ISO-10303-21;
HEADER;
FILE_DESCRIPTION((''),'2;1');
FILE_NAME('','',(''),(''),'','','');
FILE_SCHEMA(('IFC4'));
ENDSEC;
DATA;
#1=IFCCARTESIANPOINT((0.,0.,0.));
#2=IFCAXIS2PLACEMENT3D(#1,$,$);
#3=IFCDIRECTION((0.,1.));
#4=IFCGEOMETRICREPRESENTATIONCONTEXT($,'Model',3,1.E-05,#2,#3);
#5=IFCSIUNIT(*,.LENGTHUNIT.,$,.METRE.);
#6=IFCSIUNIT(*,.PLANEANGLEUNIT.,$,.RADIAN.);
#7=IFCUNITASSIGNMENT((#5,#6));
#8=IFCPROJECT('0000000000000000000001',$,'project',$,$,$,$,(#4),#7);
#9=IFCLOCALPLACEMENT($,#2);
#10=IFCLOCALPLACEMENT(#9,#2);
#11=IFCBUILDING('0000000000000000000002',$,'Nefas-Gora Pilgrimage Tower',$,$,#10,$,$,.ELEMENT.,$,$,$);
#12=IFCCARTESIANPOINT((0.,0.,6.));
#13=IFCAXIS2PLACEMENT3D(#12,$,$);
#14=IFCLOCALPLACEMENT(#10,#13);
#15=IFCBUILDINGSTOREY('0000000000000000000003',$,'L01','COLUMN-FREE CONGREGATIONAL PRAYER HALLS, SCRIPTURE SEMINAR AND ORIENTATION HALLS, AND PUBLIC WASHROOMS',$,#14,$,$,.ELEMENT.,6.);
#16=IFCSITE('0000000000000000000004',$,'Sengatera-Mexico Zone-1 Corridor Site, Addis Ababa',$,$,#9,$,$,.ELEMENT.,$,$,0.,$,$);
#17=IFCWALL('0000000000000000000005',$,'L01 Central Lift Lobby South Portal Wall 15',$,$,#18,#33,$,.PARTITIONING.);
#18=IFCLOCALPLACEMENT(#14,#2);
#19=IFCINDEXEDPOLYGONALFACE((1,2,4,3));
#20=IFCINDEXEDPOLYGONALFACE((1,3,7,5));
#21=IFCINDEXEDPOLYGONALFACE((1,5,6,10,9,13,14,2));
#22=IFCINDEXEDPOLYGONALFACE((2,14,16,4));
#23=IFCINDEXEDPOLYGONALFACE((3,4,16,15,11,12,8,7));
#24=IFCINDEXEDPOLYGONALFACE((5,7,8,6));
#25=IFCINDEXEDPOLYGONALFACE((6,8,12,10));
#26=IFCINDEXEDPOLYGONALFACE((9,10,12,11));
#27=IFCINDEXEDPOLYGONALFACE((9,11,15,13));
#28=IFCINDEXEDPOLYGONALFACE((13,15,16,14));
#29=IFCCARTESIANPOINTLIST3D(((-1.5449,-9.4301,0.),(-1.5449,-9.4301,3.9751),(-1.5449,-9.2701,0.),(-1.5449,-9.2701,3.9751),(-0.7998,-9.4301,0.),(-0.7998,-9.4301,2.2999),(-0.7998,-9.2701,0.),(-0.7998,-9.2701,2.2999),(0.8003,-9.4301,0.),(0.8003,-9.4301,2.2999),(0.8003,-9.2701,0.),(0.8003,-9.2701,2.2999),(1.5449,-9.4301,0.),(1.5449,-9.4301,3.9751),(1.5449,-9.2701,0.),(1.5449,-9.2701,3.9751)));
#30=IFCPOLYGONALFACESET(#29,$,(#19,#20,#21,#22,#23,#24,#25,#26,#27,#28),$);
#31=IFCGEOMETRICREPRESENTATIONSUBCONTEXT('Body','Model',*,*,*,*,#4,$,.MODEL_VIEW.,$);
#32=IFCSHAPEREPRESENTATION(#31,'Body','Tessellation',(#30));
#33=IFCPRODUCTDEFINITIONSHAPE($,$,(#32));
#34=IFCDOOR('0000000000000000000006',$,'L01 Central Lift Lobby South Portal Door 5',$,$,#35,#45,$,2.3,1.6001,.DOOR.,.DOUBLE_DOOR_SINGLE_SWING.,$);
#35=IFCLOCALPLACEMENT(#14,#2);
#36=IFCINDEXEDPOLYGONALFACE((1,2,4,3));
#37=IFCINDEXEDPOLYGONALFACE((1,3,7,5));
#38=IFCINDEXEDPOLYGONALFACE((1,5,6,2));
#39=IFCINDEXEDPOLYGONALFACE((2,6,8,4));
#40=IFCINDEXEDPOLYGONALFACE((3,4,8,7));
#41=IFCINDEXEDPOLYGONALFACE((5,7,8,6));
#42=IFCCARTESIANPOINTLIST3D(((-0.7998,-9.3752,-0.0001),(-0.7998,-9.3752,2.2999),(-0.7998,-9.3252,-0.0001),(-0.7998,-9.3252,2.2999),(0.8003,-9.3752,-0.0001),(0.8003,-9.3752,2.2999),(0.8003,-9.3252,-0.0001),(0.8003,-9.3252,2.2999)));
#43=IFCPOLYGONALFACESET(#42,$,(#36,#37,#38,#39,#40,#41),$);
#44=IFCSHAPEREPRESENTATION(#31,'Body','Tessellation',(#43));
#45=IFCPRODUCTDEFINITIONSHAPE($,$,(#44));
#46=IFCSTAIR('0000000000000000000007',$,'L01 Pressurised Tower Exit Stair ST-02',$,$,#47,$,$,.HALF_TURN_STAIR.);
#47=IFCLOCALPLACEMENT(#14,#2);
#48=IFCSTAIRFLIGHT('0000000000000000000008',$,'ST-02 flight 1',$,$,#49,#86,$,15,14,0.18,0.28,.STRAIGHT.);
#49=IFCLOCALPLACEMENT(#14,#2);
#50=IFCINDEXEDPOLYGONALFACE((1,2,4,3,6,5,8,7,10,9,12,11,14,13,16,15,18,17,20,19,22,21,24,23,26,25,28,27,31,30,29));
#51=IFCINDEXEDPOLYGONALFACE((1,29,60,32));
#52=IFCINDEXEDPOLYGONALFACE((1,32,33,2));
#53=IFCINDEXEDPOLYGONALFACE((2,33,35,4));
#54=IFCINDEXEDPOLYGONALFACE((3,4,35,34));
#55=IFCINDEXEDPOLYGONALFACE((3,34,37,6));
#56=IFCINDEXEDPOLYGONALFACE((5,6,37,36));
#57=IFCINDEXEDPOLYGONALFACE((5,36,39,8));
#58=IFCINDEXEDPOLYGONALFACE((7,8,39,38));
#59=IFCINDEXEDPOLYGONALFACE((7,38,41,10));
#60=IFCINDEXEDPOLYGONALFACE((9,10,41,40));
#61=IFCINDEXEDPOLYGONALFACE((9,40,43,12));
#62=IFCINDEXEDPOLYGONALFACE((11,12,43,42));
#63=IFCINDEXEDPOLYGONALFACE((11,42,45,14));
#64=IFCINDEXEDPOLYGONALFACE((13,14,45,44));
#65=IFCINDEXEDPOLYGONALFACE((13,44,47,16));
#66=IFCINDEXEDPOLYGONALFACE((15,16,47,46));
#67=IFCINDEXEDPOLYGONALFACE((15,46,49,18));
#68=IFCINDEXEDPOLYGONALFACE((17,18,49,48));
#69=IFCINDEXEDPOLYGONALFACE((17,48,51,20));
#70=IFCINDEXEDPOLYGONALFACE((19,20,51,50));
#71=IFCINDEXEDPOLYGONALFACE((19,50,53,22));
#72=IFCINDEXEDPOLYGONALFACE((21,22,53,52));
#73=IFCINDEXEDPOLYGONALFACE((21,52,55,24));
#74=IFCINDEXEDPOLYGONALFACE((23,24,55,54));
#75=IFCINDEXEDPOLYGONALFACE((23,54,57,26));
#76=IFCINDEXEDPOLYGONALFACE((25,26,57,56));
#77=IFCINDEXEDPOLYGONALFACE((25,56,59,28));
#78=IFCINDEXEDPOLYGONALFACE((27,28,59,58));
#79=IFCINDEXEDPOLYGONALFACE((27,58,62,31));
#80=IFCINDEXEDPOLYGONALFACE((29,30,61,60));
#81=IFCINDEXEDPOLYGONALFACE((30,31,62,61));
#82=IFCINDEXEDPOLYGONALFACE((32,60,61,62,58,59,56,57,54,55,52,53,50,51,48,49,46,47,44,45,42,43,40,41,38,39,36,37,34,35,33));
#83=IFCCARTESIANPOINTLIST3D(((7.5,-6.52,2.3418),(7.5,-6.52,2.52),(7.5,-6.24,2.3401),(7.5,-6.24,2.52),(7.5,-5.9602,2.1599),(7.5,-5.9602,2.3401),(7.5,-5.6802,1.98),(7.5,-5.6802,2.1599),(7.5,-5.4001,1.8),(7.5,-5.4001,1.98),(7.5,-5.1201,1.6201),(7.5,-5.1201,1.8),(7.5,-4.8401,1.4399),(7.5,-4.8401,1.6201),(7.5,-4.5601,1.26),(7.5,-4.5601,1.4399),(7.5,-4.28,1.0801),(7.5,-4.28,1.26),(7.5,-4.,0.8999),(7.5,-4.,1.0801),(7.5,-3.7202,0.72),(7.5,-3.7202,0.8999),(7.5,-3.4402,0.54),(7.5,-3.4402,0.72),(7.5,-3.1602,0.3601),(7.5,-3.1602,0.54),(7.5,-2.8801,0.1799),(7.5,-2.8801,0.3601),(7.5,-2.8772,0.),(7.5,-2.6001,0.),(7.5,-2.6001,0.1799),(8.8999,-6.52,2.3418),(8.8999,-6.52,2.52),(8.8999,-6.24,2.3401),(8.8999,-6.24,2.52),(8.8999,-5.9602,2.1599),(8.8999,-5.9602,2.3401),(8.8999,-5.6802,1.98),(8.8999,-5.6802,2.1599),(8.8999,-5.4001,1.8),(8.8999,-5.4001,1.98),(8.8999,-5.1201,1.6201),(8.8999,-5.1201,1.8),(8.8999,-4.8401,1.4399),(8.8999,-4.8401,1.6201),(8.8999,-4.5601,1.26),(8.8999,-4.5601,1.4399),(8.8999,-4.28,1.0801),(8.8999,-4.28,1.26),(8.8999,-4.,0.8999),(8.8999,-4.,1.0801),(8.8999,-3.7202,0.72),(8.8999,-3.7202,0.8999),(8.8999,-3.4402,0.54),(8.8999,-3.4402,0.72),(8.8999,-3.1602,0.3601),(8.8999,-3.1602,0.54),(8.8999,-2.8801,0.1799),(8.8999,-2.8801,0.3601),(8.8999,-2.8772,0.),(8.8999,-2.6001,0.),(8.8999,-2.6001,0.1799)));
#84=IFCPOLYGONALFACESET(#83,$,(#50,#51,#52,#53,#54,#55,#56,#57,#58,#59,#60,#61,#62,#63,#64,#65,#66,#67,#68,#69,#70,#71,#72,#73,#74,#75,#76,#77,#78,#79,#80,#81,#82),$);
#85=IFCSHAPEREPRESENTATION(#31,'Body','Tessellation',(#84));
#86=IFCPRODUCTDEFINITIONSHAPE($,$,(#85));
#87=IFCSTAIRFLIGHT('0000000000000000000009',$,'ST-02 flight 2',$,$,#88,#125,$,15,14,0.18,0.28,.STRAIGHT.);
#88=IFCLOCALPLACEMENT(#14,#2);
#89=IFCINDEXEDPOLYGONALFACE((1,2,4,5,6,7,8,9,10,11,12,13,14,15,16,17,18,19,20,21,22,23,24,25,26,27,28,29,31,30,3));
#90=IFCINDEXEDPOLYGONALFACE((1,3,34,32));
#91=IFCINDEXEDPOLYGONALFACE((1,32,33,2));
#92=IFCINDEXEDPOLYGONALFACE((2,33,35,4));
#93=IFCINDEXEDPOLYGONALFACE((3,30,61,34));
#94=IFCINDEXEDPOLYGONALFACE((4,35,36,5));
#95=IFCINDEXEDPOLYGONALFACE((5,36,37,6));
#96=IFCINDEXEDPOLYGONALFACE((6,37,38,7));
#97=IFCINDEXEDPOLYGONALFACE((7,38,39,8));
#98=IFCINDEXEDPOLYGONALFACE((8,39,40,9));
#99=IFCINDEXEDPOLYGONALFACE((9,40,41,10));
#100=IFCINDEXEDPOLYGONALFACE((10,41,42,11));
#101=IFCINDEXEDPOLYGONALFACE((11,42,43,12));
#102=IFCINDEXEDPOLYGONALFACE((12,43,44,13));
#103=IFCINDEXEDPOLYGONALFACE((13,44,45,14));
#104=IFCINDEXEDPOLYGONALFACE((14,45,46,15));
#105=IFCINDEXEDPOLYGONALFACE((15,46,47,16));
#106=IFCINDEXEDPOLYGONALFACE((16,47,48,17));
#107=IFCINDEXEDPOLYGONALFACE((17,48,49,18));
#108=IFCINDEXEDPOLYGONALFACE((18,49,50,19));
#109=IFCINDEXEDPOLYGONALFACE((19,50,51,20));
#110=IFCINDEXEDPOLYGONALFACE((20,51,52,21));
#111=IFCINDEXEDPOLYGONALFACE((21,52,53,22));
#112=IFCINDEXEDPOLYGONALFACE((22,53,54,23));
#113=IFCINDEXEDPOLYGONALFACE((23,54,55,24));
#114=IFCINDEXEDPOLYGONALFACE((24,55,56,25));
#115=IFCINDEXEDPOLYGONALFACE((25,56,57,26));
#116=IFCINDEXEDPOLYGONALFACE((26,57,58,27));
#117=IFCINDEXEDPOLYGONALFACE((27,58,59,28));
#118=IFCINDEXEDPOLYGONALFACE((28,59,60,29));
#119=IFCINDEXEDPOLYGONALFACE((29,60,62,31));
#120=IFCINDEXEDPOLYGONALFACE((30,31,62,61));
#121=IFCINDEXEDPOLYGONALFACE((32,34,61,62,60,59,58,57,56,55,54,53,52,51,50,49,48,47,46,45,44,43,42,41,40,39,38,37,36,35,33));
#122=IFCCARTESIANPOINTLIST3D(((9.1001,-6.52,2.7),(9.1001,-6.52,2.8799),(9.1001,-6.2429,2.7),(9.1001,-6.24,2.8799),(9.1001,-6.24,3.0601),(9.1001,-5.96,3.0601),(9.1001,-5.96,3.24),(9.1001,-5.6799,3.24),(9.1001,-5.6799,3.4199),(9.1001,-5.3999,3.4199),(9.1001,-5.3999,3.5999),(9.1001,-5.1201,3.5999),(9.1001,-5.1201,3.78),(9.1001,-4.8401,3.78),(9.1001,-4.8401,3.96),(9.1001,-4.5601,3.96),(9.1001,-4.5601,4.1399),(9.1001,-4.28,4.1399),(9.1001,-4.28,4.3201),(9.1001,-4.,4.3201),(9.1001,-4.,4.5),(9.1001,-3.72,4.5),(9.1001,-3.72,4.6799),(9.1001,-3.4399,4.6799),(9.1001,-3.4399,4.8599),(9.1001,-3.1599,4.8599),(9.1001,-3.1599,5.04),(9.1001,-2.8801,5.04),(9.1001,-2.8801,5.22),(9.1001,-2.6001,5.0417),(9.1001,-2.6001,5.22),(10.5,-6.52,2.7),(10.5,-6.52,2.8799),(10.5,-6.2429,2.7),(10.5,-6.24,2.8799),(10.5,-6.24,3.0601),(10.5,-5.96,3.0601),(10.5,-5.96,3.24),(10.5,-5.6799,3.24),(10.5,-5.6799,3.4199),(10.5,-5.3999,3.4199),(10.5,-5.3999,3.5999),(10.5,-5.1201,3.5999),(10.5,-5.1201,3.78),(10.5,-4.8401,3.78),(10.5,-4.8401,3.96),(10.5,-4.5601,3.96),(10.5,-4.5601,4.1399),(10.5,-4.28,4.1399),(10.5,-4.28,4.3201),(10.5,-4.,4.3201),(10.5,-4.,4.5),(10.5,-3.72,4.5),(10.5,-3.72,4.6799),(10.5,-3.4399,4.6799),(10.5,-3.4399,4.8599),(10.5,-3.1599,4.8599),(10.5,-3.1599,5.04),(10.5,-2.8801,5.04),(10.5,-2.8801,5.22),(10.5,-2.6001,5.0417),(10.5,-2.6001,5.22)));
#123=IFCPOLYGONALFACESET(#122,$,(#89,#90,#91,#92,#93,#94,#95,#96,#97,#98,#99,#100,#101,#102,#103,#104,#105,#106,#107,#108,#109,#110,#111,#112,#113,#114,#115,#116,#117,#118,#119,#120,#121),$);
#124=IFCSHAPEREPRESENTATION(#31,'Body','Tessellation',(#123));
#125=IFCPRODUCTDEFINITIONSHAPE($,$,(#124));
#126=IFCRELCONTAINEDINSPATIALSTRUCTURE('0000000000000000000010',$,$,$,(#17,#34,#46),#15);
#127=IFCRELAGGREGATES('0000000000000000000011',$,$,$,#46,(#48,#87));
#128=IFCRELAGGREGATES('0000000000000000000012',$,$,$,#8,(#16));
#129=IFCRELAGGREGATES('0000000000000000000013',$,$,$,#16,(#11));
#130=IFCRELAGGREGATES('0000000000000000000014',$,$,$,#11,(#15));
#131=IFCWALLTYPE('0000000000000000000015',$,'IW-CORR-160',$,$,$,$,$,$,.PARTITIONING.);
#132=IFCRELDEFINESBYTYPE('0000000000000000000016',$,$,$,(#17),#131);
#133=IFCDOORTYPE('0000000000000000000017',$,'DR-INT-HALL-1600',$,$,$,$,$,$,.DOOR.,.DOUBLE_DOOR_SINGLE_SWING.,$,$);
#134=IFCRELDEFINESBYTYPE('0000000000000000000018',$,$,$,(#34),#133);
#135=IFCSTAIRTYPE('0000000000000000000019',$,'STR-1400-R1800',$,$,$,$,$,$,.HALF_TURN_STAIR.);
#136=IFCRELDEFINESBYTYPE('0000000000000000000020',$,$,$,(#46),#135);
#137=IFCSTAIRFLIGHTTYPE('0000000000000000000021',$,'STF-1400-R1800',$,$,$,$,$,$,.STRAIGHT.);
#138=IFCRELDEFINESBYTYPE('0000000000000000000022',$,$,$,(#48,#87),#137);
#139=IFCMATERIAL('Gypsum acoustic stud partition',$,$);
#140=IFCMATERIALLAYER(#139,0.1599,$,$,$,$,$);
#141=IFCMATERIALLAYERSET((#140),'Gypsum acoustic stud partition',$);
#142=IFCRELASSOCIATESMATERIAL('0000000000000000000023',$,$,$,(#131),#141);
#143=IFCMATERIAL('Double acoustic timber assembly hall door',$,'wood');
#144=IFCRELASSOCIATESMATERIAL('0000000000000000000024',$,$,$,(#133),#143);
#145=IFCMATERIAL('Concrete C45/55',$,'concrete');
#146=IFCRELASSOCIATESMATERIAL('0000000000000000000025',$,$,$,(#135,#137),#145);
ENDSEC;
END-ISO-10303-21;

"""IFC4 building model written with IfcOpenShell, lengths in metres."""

from ifc_helpers import new_model, si_unit, direction, frame, frame_2d, origin, place, context, subcontext, project, spatial, polyline, rectangle, outline, extrude, source, transform, mapped, material, layer, layer_set, type_object, element, fill, aggregate, save


model = new_model("IFC4")

# Units and contexts
model_context = context("Model", 3, precision=1e-05, world=origin(), true_north=direction((0.0, 1.0)))
body_context = subcontext(model_context, "Body", "Model", "MODEL_VIEW")
ifc_project = project(units=[si_unit("LENGTHUNIT", "METRE"), si_unit("PLANEANGLEUNIT", "RADIAN")], contexts=[model_context])

# Site, building, storey
site_placement = place(None, origin())
site = spatial("IfcSite", under=ifc_project, at=site_placement, Name="Sengatera-Mexico Zone-1 Corridor Site, Addis Ababa", CompositionType="ELEMENT", RefElevation=0.0)
building_placement = place(site_placement, origin())
building = spatial("IfcBuilding", under=site, at=building_placement, Name="Nefas-Gora Pilgrimage Tower", CompositionType="ELEMENT")
storey_placement = place(building_placement, frame((0.0, 0.0, 6.0)))
storey = spatial("IfcBuildingStorey", under=building, at=storey_placement, Name="L01", Description="COLUMN-FREE CONGREGATIONAL PRAYER HALLS, SCRIPTURE SEMINAR AND ORIENTATION HALLS, AND PUBLIC WASHROOMS", CompositionType="ELEMENT", Elevation=6.0)

# Shared definitions
ifc_material_1 = material(Name="Concrete C45/55", Category="concrete")

# Shared definitions
ifc_material_2 = material(Name="Gypsum acoustic stud partition")
ifc_layer_1 = layer(ifc_material_2, 0.1599)
ifc_layer_set_1 = layer_set([ifc_layer_1], Name="Gypsum acoustic stud partition")
wall_type_1 = type_object("IfcWallType", Name="IW-CORR-160", PredefinedType="PARTITIONING", material=ifc_layer_set_1)

# Wall, opening, door
shared_shape_1 = source(origin(), body_context, "Body", "SweptSolid", [
    extrude(rectangle(XDim=3.0898, YDim=0.1599, at=frame_2d((1.5449, 0.0))), origin(), (0.0, 0.0, 1.0), 3.9751),
])
wall_1_placement = place(storey_placement, frame((-1.5449, -9.3501, 0.0), z_axis=(0.0, 0.0, 1.0), x_axis=(1.0, 0.0, 0.0)))
wall_1 = element("IfcWall", 1, at=wall_1_placement, inside=storey, type_object=wall_type_1, Name="L01 Central Lift Lobby South Portal Wall 15", PredefinedType="PARTITIONING", context=body_context, shape_type="MappedRepresentation", body=[
    mapped(shared_shape_1, transform((0.0, 0.0, 0.0), x_axis=(1.0, 0.0, 0.0), y_axis=(0.0, 1.0, 0.0), z_axis=(0.0, 0.0, 1.0), scale=1.0)),
])
opening_1_placement = place(wall_1_placement, frame((0.7451, 0.0, 0.0)))
opening_1 = element("IfcOpeningElement", 2, at=opening_1_placement, cuts=wall_1, PredefinedType="OPENING", context=body_context, shape_type="SweptSolid", body=[
    extrude(rectangle(XDim=1.6001, YDim=2.3, at=frame_2d((0.8, 1.1499))), frame((0.0, 0.0898, 0.0), z_axis=(0.0, -1.0, 0.0), x_axis=(1.0, 0.0, 0.0)), (0.0, 0.0, 1.0), 0.1799),
])
ifc_material_3 = material(Name="Double acoustic timber assembly hall door", Category="wood")
door_type_1 = type_object("IfcDoorType", Name="DR-INT-HALL-1600", OperationType="DOUBLE_DOOR_SINGLE_SWING", PredefinedType="DOOR", material=ifc_material_3)
shared_shape_2 = source(origin(), body_context, "Body", "SweptSolid", [
    extrude(rectangle(XDim=1.6001, YDim=2.3, at=frame_2d((0.8, 1.1499))), frame((0.0, 0.0249, 0.0), z_axis=(0.0, -1.0, 0.0), x_axis=(1.0, 0.0, 0.0)), (0.0, 0.0, 1.0), 0.05),
])
door_1_placement = place(opening_1_placement, origin())
door_1 = element("IfcDoor", 3, at=door_1_placement, inside=storey, type_object=door_type_1, Name="L01 Central Lift Lobby South Portal Door 5", OperationType="DOUBLE_DOOR_SINGLE_SWING", OverallHeight=2.3, OverallWidth=1.6001, PredefinedType="DOOR", context=body_context, shape_type="MappedRepresentation", body=[
    mapped(shared_shape_2, transform((0.0, 0.0, 0.0), x_axis=(1.0, 0.0, 0.0), y_axis=(0.0, 1.0, 0.0), z_axis=(0.0, 0.0, 1.0), scale=1.0)),
])
fill(opening_1, door_1)

# Stair, stair flights
stair_type = type_object("IfcStairType", Name="STR-1400-R1800", PredefinedType="HALF_TURN_STAIR", material=ifc_material_1)
stair_placement = place(storey_placement, origin())
stair = element("IfcStair", 4, at=stair_placement, inside=storey, type_object=stair_type, Name="L01 Pressurised Tower Exit Stair ST-02", PredefinedType="HALF_TURN_STAIR")
stair_flight_type = type_object("IfcStairFlightType", Name="STF-1400-R1800", PredefinedType="STRAIGHT", material=ifc_material_1)
shared_shape_3 = source(origin(), body_context, "Body", "SweptSolid", [
    extrude(outline(polyline([(0.0, 0.0), (0.0, 0.1799), (0.28, 0.1799), (0.28, 0.3601), (0.5601, 0.3601), (0.5601, 0.54), (0.8401, 0.54), (0.8401, 0.72), (1.1201, 0.72), (1.1201, 0.8999), (1.3999, 0.8999), (1.3999, 1.0801), (1.6799, 1.0801), (1.6799, 1.26), (1.96, 1.26), (1.96, 1.4399), (2.24, 1.4399), (2.24, 1.6201), (2.52, 1.6201), (2.52, 1.8), (2.8, 1.8), (2.8, 1.98), (3.0801, 1.98), (3.0801, 2.1599), (3.3601, 2.1599), (3.3601, 2.3401), (3.6399, 2.3401), (3.6399, 2.52), (3.9199, 2.52), (3.9199, 2.7), (3.9199, 2.3418), (0.2771, 0.0), (0.0, 0.0)])), frame((0.0, 0.7, 0.0), z_axis=(0.0, -1.0, 0.0), x_axis=(1.0, 0.0, 0.0)), (0.0, 0.0, 1.0), 1.3999),
])
stair_flight_1_placement = place(storey_placement, frame((8.2, -2.6001, 0.0), z_axis=(0.0, 0.0, 1.0), x_axis=(0.0, -1.0, 0.0)))
stair_flight_1 = element("IfcStairFlight", 5, at=stair_flight_1_placement, type_object=stair_flight_type, Name="ST-02 flight 1", NumberOfRisers=15, NumberOfTreads=14, PredefinedType="STRAIGHT", RiserHeight=0.18, TreadLength=0.28, context=body_context, shape_type="MappedRepresentation", body=[
    mapped(shared_shape_3, transform((0.0, 0.0, 0.0), x_axis=(1.0, 0.0, 0.0), y_axis=(0.0, 1.0, 0.0), z_axis=(0.0, 0.0, 1.0), scale=1.0)),
])
stair_flight_2_placement = place(storey_placement, frame((9.8, -6.52, 2.7), z_axis=(0.0, 0.0, 1.0), x_axis=(0.0, 1.0, 0.0)))
stair_flight_2 = element("IfcStairFlight", 6, at=stair_flight_2_placement, type_object=stair_flight_type, Name="ST-02 flight 2", NumberOfRisers=15, NumberOfTreads=14, PredefinedType="STRAIGHT", RiserHeight=0.18, TreadLength=0.28, context=body_context, shape_type="MappedRepresentation", body=[
    mapped(shared_shape_3, transform((0.0, 0.0, 0.0), x_axis=(1.0, 0.0, 0.0), y_axis=(0.0, 1.0, 0.0), z_axis=(0.0, 0.0, 1.0), scale=1.0)),
])
aggregate(stair, [stair_flight_1, stair_flight_2])

save(model, "model.ifc")
